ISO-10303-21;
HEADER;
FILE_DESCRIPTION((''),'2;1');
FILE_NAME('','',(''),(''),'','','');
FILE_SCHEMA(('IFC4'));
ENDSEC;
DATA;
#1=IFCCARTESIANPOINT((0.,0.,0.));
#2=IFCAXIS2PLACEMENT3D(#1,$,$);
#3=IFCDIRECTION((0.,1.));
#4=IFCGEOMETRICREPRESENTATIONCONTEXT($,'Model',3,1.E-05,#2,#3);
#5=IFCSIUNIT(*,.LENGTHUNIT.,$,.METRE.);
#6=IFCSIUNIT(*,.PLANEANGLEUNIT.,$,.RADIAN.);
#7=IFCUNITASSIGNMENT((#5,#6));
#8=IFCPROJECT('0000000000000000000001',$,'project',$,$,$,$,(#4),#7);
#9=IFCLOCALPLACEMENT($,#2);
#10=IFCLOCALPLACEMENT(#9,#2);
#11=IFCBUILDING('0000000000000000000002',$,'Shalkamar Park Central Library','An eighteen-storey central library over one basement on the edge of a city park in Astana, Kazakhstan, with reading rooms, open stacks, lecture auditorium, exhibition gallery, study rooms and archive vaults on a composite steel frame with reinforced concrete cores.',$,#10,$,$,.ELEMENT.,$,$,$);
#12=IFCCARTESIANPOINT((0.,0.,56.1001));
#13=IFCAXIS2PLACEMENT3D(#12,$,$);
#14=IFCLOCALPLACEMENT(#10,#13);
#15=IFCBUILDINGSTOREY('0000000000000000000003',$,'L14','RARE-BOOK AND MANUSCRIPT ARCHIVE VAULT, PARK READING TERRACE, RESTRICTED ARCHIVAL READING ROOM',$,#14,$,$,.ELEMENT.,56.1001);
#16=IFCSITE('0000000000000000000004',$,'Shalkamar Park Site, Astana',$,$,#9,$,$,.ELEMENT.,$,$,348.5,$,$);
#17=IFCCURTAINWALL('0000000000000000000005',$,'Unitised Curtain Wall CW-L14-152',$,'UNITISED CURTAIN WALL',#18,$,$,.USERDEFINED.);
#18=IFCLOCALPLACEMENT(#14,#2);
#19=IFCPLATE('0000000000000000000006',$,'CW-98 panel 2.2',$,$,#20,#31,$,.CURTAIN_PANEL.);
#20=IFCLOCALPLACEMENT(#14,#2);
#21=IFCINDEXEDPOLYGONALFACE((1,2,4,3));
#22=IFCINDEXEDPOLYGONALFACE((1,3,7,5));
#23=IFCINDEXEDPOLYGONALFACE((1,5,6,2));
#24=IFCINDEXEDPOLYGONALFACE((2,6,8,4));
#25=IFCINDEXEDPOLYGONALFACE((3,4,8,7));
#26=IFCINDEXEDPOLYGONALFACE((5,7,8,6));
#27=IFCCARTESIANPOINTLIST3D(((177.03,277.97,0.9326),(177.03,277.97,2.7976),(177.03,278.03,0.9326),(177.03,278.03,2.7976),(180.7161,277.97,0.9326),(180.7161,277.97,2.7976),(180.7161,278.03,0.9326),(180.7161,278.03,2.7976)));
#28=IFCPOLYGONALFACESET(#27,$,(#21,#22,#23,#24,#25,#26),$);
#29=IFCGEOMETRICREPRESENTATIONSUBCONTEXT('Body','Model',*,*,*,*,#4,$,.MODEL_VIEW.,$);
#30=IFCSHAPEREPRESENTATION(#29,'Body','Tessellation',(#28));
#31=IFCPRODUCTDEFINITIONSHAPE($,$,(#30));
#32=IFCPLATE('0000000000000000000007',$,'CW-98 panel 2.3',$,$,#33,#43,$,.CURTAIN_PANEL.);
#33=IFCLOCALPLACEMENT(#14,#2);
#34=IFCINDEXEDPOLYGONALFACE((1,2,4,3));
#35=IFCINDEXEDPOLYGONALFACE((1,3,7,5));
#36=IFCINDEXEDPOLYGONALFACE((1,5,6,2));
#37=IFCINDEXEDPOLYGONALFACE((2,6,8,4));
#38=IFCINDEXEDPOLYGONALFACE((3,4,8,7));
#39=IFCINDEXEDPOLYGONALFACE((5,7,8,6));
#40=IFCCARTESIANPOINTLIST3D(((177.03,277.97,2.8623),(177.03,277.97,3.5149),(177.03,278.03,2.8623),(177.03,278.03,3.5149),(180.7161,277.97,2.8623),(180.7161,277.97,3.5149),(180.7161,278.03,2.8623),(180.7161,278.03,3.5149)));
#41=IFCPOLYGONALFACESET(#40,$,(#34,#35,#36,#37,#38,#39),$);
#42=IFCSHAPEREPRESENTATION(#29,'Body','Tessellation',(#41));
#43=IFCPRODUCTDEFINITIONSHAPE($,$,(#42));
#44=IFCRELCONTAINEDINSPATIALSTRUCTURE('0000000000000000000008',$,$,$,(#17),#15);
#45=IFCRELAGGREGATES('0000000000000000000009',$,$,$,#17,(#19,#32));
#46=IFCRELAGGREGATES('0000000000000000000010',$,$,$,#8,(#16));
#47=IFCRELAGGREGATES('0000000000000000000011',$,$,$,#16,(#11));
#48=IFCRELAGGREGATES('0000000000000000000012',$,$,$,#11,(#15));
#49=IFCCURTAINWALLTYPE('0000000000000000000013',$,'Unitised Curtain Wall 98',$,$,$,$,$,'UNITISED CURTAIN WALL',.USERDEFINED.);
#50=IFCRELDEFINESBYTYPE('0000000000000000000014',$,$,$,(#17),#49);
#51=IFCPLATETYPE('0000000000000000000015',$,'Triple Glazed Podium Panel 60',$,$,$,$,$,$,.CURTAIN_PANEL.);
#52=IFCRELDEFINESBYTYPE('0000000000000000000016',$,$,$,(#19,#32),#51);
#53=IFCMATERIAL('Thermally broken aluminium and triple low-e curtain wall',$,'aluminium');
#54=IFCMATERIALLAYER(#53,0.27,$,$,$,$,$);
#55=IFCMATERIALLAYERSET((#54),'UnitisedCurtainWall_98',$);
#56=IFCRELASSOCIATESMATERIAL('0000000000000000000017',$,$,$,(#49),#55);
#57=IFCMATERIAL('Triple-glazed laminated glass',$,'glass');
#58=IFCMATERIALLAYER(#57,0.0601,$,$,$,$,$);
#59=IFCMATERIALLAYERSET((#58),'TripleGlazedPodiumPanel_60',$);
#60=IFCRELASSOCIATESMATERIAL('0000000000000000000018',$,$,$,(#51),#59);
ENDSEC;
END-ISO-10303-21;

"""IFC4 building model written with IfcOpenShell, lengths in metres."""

from ifc_helpers import new_model, si_unit, direction, frame, origin, origin_2d, place, context, subcontext, project, spatial, rectangle, extrude, material, layer, layer_set, type_object, element, aggregate, save


model = new_model("IFC4")

# Units and contexts
model_context = context("Model", 3, precision=1e-05, world=origin(), true_north=direction((0.0, 1.0)))
body_context = subcontext(model_context, "Body", "Model", "MODEL_VIEW")
ifc_project = project(units=[si_unit("LENGTHUNIT", "METRE"), si_unit("PLANEANGLEUNIT", "RADIAN")], contexts=[model_context])

# Site, building, storey
site_placement = place(None, origin())
site = spatial("IfcSite", under=ifc_project, at=site_placement, Name="Shalkamar Park Site, Astana", CompositionType="ELEMENT", RefElevation=348.5)
building_placement = place(site_placement, origin())
building = spatial("IfcBuilding", under=site, at=building_placement, Name="Shalkamar Park Central Library", Description="An eighteen-storey central library over one basement on the edge of a city park in Astana, Kazakhstan, with reading rooms, open stacks, lecture auditorium, exhibition gallery, study rooms and archive vaults on a composite steel frame with reinforced concrete cores.", CompositionType="ELEMENT")
storey_placement = place(building_placement, frame((0.0, 0.0, 56.1001)))
storey = spatial("IfcBuildingStorey", under=building, at=storey_placement, Name="L14", Description="RARE-BOOK AND MANUSCRIPT ARCHIVE VAULT, PARK READING TERRACE, RESTRICTED ARCHIVAL READING ROOM", CompositionType="ELEMENT", Elevation=56.1001)

# Curtain wall
ifc_material_1 = material(Name="Thermally broken aluminium and triple low-e curtain wall", Category="aluminium")
ifc_layer_1 = layer(ifc_material_1, 0.27)
ifc_layer_set_1 = layer_set([ifc_layer_1], Name="UnitisedCurtainWall_98")
curtain_wall_type_1 = type_object("IfcCurtainWallType", Name="Unitised Curtain Wall 98", ElementType="UNITISED CURTAIN WALL", PredefinedType="USERDEFINED", material=ifc_layer_set_1)
curtain_wall_1_placement = place(storey_placement, origin())
curtain_wall_1 = element("IfcCurtainWall", 1, at=curtain_wall_1_placement, inside=storey, type_object=curtain_wall_type_1, Name="Unitised Curtain Wall CW-L14-152", ObjectType="UNITISED CURTAIN WALL", PredefinedType="USERDEFINED")

# Plates
ifc_material_2 = material(Name="Triple-glazed laminated glass", Category="glass")
ifc_layer_2 = layer(ifc_material_2, 0.0601)
ifc_layer_set_2 = layer_set([ifc_layer_2], Name="TripleGlazedPodiumPanel_60")
plate_type_1 = type_object("IfcPlateType", Name="Triple Glazed Podium Panel 60", PredefinedType="CURTAIN_PANEL", material=ifc_layer_set_2)
plate_1_placement = place(storey_placement, frame((178.873, 278.0, 0.9326), z_axis=(0.0, 0.0, 1.0), x_axis=(1.0, 0.0, 0.0)))
plate_1 = element("IfcPlate", 2, at=plate_1_placement, type_object=plate_type_1, Name="CW-98 panel 2.2", PredefinedType="CURTAIN_PANEL", context=body_context, shape_type="SweptSolid", body=[
    extrude(rectangle(XDim=3.686, YDim=0.0601, at=origin_2d()), origin(), (0.0, 0.0, 1.0), 1.865),
])
plate_2_placement = place(storey_placement, frame((178.873, 278.0, 2.8623), z_axis=(0.0, 0.0, 1.0), x_axis=(1.0, 0.0, 0.0)))
plate_2 = element("IfcPlate", 3, at=plate_2_placement, type_object=plate_type_1, Name="CW-98 panel 2.3", PredefinedType="CURTAIN_PANEL", context=body_context, shape_type="SweptSolid", body=[
    extrude(rectangle(XDim=3.686, YDim=0.0601, at=origin_2d()), origin(), (0.0, 0.0, 1.0), 0.6526),
])
aggregate(curtain_wall_1, [plate_1, plate_2])

save(model, "model.ifc")
